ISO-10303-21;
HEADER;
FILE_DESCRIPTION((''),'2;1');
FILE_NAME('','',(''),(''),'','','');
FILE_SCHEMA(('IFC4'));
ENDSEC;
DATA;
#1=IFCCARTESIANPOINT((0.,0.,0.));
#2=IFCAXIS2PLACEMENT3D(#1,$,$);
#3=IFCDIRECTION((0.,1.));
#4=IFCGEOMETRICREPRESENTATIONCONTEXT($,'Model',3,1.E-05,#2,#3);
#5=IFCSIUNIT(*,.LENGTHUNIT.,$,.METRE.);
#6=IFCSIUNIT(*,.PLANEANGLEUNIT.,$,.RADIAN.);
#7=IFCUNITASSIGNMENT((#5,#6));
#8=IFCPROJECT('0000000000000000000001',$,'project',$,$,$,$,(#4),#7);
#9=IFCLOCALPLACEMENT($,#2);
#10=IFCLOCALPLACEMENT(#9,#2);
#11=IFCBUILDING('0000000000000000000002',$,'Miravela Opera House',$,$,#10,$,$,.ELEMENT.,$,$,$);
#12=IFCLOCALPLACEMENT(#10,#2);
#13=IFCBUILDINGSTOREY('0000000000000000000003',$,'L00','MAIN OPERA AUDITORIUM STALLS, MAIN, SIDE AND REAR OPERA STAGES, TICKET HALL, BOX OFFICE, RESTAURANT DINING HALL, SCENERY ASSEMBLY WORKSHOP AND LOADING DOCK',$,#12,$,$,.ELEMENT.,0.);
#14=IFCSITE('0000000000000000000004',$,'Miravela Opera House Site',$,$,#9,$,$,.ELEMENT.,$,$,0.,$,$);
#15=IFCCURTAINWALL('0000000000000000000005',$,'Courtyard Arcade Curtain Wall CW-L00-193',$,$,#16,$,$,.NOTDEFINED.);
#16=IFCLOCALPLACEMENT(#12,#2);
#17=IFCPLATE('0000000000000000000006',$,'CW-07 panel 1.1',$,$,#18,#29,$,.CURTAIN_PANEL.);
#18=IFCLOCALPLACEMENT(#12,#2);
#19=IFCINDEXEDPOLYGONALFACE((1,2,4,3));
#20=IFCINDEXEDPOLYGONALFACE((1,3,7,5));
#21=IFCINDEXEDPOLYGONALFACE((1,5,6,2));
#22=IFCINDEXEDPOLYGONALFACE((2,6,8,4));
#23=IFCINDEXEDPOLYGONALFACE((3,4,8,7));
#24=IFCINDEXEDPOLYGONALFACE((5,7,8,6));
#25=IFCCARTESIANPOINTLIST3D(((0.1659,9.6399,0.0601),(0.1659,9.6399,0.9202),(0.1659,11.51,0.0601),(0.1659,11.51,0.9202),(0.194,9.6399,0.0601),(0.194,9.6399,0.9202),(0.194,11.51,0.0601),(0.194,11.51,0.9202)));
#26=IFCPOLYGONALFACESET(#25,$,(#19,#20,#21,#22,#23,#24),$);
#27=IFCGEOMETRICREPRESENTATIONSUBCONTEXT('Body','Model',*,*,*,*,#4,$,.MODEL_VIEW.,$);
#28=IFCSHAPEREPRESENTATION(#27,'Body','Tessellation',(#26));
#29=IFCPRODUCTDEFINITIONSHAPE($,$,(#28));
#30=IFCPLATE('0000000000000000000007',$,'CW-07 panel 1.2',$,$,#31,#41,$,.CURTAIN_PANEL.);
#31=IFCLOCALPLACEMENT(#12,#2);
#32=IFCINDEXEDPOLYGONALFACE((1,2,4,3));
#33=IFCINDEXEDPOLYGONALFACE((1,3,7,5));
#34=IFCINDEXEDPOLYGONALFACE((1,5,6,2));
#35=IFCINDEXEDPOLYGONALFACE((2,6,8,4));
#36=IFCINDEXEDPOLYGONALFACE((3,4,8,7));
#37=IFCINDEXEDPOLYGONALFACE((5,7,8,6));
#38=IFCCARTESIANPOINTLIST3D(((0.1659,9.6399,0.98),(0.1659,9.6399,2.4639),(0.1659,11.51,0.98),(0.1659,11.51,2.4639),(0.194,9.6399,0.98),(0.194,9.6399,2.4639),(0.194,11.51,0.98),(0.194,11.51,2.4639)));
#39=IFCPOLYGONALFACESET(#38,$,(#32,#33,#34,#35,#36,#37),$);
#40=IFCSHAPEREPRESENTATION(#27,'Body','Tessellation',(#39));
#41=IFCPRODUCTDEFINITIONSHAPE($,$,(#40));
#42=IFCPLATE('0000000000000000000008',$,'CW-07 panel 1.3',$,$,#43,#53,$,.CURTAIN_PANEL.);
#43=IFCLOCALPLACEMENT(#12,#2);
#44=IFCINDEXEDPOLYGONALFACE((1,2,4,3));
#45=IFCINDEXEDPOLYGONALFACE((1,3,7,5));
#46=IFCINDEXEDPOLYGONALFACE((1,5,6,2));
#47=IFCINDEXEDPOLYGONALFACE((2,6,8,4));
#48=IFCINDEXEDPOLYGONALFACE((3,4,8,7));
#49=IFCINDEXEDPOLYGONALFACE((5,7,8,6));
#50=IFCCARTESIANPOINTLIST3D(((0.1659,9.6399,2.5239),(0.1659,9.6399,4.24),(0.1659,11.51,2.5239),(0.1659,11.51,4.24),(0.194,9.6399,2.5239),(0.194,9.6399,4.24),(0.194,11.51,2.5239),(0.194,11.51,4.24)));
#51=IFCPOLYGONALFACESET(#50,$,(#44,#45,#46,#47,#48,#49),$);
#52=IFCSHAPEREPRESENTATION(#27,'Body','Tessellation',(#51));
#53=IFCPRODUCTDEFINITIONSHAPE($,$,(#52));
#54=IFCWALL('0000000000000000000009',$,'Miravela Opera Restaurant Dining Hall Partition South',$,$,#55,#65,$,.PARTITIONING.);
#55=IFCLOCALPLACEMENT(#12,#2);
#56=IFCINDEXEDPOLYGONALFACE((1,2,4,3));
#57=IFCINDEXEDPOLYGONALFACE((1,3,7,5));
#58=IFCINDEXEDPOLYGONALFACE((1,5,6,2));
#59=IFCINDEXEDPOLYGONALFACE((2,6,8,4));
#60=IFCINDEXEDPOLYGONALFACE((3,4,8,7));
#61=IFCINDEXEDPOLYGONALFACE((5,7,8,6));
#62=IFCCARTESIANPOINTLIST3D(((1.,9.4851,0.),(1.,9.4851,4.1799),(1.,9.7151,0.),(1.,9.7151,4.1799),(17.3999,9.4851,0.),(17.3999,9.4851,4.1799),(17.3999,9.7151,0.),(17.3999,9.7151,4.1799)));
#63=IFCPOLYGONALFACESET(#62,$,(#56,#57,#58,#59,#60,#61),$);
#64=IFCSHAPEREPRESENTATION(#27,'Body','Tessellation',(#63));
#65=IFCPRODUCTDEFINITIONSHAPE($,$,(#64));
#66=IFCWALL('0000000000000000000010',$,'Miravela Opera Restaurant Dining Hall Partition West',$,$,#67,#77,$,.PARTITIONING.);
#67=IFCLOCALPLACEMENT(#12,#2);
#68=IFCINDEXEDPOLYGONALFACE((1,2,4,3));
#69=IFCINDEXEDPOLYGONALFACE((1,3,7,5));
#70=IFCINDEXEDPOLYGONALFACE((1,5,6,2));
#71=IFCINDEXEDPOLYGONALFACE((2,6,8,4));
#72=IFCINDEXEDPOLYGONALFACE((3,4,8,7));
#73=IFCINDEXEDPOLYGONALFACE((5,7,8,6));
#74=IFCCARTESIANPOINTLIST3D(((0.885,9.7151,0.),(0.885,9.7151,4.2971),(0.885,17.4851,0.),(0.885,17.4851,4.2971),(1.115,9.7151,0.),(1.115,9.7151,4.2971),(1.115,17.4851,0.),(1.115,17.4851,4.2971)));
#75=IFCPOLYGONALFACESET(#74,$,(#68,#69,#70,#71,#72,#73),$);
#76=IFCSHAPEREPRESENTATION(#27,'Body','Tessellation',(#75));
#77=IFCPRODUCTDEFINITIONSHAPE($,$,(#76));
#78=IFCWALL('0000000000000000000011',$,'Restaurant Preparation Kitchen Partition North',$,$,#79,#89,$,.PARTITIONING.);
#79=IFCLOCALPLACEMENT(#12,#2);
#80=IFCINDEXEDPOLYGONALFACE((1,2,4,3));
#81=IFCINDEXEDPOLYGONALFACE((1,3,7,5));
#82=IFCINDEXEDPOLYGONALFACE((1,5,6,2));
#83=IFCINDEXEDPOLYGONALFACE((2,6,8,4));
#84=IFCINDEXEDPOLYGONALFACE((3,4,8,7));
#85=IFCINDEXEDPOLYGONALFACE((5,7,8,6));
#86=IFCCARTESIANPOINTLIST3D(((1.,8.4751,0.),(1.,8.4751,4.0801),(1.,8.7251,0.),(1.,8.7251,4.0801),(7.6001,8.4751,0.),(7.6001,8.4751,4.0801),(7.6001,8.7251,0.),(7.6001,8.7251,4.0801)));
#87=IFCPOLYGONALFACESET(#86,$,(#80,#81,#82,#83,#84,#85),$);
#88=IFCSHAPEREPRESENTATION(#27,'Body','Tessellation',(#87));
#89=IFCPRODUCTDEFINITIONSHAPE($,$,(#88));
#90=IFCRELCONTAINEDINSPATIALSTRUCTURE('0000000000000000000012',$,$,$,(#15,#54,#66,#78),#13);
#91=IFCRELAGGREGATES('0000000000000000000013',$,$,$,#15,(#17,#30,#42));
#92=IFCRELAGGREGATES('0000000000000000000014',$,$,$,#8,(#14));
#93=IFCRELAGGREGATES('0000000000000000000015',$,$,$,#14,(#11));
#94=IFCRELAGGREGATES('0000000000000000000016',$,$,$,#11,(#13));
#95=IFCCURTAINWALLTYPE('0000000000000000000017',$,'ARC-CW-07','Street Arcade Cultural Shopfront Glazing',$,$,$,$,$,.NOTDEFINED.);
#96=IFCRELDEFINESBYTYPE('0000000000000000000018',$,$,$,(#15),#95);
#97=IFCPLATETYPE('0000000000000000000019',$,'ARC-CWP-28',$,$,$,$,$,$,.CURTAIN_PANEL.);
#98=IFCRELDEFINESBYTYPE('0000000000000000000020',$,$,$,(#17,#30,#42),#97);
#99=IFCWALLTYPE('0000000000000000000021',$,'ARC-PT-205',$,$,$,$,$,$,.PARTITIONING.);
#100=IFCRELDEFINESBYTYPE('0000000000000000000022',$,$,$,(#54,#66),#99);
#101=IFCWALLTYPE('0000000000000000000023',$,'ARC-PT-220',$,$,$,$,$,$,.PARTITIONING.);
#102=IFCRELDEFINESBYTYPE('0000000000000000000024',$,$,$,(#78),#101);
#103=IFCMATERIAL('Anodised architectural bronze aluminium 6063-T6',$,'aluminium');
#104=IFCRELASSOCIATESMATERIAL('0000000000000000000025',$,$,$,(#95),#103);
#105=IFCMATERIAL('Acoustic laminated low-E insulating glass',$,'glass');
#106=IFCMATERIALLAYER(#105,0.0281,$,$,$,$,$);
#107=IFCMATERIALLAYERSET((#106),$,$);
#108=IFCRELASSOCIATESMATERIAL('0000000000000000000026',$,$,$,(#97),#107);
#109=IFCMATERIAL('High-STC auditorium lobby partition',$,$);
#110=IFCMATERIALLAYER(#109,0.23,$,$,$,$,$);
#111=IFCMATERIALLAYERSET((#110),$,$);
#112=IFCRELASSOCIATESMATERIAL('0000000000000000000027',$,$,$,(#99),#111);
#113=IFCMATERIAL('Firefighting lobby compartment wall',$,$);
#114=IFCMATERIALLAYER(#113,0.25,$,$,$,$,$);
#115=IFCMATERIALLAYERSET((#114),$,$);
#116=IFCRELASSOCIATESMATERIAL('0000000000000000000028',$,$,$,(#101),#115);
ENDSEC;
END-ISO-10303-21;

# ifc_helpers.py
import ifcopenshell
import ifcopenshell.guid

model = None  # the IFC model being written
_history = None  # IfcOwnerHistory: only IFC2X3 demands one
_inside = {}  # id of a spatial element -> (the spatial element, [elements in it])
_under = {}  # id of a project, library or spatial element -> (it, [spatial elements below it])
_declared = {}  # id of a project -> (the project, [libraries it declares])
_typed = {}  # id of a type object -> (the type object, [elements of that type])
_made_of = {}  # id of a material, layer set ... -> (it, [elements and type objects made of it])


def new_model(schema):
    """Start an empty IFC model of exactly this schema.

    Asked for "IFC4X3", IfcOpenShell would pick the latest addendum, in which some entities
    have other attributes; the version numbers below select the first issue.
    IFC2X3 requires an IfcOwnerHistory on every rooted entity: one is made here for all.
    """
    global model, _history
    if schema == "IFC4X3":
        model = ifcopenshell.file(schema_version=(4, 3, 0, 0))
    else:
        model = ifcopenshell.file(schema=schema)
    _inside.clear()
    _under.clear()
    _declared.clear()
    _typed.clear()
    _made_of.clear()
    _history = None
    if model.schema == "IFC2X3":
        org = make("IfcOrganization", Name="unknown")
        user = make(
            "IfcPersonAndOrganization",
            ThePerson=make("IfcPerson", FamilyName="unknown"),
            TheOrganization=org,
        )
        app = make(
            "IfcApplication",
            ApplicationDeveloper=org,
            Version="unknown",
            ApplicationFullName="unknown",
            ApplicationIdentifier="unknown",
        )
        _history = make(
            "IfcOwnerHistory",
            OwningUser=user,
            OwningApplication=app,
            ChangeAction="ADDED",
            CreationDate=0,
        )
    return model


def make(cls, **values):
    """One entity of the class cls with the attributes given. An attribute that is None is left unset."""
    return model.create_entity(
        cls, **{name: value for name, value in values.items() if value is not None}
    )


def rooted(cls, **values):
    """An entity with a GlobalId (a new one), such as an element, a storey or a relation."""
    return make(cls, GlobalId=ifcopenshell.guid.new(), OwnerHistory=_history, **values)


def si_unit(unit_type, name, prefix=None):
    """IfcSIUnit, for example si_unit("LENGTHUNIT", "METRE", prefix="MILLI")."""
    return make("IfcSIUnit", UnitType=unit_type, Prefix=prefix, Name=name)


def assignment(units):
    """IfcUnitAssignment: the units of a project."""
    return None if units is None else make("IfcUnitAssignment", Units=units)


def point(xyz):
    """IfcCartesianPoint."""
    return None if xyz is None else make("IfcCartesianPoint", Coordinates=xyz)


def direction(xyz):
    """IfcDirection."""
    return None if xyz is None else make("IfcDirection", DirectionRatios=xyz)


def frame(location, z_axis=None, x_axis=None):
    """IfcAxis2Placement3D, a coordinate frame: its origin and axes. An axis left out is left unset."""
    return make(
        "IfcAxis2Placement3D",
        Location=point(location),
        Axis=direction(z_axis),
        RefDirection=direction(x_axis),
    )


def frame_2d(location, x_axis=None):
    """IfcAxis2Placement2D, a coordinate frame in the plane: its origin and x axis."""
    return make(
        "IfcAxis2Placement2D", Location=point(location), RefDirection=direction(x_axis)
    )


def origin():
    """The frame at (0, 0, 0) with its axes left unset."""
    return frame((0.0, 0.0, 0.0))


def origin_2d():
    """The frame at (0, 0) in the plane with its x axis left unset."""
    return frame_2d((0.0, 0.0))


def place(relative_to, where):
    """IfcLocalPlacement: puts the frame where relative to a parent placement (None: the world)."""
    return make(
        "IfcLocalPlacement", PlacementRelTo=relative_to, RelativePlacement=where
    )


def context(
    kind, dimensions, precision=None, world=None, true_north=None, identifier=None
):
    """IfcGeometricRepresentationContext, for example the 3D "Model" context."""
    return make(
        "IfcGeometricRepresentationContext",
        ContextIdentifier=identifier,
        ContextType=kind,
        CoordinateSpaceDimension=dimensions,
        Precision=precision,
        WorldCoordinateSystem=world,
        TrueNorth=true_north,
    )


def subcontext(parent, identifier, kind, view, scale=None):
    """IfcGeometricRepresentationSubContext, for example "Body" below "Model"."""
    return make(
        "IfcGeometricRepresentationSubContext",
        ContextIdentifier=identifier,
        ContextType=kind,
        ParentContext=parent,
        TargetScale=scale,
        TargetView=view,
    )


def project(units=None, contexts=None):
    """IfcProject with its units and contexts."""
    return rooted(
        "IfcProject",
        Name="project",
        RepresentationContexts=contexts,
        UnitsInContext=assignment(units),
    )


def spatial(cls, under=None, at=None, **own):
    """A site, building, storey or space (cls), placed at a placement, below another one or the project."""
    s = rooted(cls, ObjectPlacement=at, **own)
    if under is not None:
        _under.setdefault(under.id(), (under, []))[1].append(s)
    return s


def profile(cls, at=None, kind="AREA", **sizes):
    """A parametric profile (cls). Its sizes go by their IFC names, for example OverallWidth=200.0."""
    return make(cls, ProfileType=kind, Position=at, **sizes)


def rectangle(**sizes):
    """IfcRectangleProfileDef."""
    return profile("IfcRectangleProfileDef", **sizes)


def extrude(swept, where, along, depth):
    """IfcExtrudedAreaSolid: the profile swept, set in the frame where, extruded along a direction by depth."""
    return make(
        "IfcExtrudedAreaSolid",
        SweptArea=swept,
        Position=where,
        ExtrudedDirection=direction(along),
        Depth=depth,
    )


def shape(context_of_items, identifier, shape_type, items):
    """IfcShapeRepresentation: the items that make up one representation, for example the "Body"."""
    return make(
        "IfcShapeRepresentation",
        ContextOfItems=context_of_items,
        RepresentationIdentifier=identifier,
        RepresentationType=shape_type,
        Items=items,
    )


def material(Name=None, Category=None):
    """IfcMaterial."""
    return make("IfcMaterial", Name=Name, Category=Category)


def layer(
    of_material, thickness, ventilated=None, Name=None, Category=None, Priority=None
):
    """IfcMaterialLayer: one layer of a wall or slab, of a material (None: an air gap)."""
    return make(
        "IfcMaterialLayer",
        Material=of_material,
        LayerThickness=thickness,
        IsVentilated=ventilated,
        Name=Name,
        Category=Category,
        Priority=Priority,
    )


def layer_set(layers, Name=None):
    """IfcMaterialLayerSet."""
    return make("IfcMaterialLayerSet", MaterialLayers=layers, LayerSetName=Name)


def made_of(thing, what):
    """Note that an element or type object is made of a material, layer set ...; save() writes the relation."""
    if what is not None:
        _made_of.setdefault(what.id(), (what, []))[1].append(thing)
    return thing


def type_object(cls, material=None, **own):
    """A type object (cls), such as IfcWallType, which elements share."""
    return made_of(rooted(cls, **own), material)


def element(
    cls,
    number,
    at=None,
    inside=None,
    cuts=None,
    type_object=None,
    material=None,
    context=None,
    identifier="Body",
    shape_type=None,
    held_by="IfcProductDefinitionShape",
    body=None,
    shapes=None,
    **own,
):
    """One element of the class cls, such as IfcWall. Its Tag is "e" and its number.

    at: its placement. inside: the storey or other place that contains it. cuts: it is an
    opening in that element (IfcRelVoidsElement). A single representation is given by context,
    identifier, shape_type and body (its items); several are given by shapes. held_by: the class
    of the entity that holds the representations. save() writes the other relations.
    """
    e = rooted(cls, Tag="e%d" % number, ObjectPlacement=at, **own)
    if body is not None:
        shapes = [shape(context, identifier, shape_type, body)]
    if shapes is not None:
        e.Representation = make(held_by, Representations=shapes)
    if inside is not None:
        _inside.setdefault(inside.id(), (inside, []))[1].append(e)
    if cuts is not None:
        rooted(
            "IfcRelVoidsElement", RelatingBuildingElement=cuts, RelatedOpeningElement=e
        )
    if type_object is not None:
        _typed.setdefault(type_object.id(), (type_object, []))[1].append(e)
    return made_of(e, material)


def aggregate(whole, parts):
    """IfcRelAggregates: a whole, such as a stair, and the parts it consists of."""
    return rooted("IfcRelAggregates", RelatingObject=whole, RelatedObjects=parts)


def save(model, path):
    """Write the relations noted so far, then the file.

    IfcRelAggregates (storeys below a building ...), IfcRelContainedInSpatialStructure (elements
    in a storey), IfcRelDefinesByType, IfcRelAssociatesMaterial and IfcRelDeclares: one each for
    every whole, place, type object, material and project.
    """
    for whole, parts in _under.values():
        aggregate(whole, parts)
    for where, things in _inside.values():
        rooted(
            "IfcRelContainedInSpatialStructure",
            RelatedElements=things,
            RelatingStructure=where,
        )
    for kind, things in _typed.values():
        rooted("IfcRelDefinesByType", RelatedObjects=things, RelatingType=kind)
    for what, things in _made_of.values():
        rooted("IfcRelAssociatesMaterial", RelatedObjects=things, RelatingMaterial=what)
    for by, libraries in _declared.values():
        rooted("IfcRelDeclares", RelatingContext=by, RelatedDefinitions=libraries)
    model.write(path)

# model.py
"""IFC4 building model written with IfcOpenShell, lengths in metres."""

from ifc_helpers import new_model, si_unit, direction, frame, frame_2d, origin, origin_2d, place, context, subcontext, project, spatial, rectangle, extrude, material, layer, layer_set, type_object, element, aggregate, save


model = new_model("IFC4")

# Units and contexts
model_context = context("Model", 3, precision=1e-05, world=origin(), true_north=direction((0.0, 1.0)))
body_context = subcontext(model_context, "Body", "Model", "MODEL_VIEW")
ifc_project = project(units=[si_unit("LENGTHUNIT", "METRE"), si_unit("PLANEANGLEUNIT", "RADIAN")], contexts=[model_context])

# Site, building, storey
site_placement = place(None, origin())
site = spatial("IfcSite", under=ifc_project, at=site_placement, Name="Miravela Opera House Site", CompositionType="ELEMENT", RefElevation=0.0)
building_placement = place(site_placement, origin())
building = spatial("IfcBuilding", under=site, at=building_placement, Name="Miravela Opera House", CompositionType="ELEMENT")
storey_placement = place(building_placement, origin())
storey = spatial("IfcBuildingStorey", under=building, at=storey_placement, Name="L00", Description="MAIN OPERA AUDITORIUM STALLS, MAIN, SIDE AND REAR OPERA STAGES, TICKET HALL, BOX OFFICE, RESTAURANT DINING HALL, SCENERY ASSEMBLY WORKSHOP AND LOADING DOCK", CompositionType="ELEMENT", Elevation=0.0)

# Shared definitions
ifc_material_1 = material(Name="Anodised architectural bronze aluminium 6063-T6", Category="aluminium")
curtain_wall_type = type_object("IfcCurtainWallType", Name="ARC-CW-07", Description="Street Arcade Cultural Shopfront Glazing", PredefinedType="NOTDEFINED", material=ifc_material_1)

# Curtain wall
curtain_wall_1_placement = place(storey_placement, origin())
curtain_wall_1 = element("IfcCurtainWall", 1, at=curtain_wall_1_placement, inside=storey, type_object=curtain_wall_type, Name="Courtyard Arcade Curtain Wall CW-L00-193", PredefinedType="NOTDEFINED")

# Plates
ifc_material_2 = material(Name="Acoustic laminated low-E insulating glass", Category="glass")
ifc_layer_1 = layer(ifc_material_2, 0.0281)
ifc_layer_set_1 = layer_set([ifc_layer_1])
plate_type = type_object("IfcPlateType", Name="ARC-CWP-28", PredefinedType="CURTAIN_PANEL", material=ifc_layer_set_1)
plate_1_placement = place(storey_placement, frame((0.1799, 10.575, 0.0601), z_axis=(0.0, 0.0, 1.0), x_axis=(0.0, 1.0, 0.0)))
plate_1 = element("IfcPlate", 2, at=plate_1_placement, type_object=plate_type, Name="CW-07 panel 1.1", PredefinedType="CURTAIN_PANEL", context=body_context, shape_type="SweptSolid", body=[
    extrude(rectangle(XDim=1.8701, YDim=0.0281, at=origin_2d()), origin(), (0.0, 0.0, 1.0), 0.8601),
])
plate_2_placement = place(storey_placement, frame((0.1799, 10.575, 0.98), z_axis=(0.0, 0.0, 1.0), x_axis=(0.0, 1.0, 0.0)))
plate_2 = element("IfcPlate", 3, at=plate_2_placement, type_object=plate_type, Name="CW-07 panel 1.2", PredefinedType="CURTAIN_PANEL", context=body_context, shape_type="SweptSolid", body=[
    extrude(rectangle(XDim=1.8701, YDim=0.0281, at=origin_2d()), origin(), (0.0, 0.0, 1.0), 1.4839),
])
plate_3_placement = place(storey_placement, frame((0.1799, 10.575, 2.5239), z_axis=(0.0, 0.0, 1.0), x_axis=(0.0, 1.0, 0.0)))
plate_3 = element("IfcPlate", 4, at=plate_3_placement, type_object=plate_type, Name="CW-07 panel 1.3", PredefinedType="CURTAIN_PANEL", context=body_context, shape_type="SweptSolid", body=[
    extrude(rectangle(XDim=1.8701, YDim=0.0281, at=origin_2d()), origin(), (0.0, 0.0, 1.0), 1.7161),
])
aggregate(curtain_wall_1, [plate_1, plate_2, plate_3])

# Walls
ifc_material_3 = material(Name="High-STC auditorium lobby partition")
ifc_layer_2 = layer(ifc_material_3, 0.23)
ifc_layer_set_2 = layer_set([ifc_layer_2])
wall_type_1 = type_object("IfcWallType", Name="ARC-PT-205", PredefinedType="PARTITIONING", material=ifc_layer_set_2)
wall_1_placement = place(storey_placement, frame((1.0, 9.6001, 0.0), z_axis=(0.0, 0.0, 1.0), x_axis=(1.0, 0.0, 0.0)))
element("IfcWall", 5, at=wall_1_placement, inside=storey, type_object=wall_type_1, Name="Miravela Opera Restaurant Dining Hall Partition South", PredefinedType="PARTITIONING", context=body_context, shape_type="SweptSolid", body=[
    extrude(rectangle(XDim=16.3999, YDim=0.23, at=frame_2d((8.2, 0.0))), origin(), (0.0, 0.0, 1.0), 4.1799),
])
wall_2_placement = place(storey_placement, frame((1.0, 9.7151, 0.0), z_axis=(0.0, 0.0, 1.0), x_axis=(0.0, 1.0, 0.0)))
element("IfcWall", 6, at=wall_2_placement, inside=storey, type_object=wall_type_1, Name="Miravela Opera Restaurant Dining Hall Partition West", PredefinedType="PARTITIONING", context=body_context, shape_type="SweptSolid", body=[
    extrude(rectangle(XDim=7.77, YDim=0.23, at=frame_2d((3.885, 0.0))), origin(), (0.0, 0.0, 1.0), 4.2971),
])
ifc_material_4 = material(Name="Firefighting lobby compartment wall")
ifc_layer_3 = layer(ifc_material_4, 0.25)
ifc_layer_set_3 = layer_set([ifc_layer_3])
wall_type_2 = type_object("IfcWallType", Name="ARC-PT-220", PredefinedType="PARTITIONING", material=ifc_layer_set_3)
wall_3_placement = place(storey_placement, frame((1.0, 8.6001, 0.0), z_axis=(0.0, 0.0, 1.0), x_axis=(1.0, 0.0, 0.0)))
element("IfcWall", 7, at=wall_3_placement, inside=storey, type_object=wall_type_2, Name="Restaurant Preparation Kitchen Partition North", PredefinedType="PARTITIONING", context=body_context, shape_type="SweptSolid", body=[
    extrude(rectangle(XDim=6.6001, YDim=0.25, at=frame_2d((3.3, 0.0))), origin(), (0.0, 0.0, 1.0), 4.0801),
])

save(model, "model.ifc")
